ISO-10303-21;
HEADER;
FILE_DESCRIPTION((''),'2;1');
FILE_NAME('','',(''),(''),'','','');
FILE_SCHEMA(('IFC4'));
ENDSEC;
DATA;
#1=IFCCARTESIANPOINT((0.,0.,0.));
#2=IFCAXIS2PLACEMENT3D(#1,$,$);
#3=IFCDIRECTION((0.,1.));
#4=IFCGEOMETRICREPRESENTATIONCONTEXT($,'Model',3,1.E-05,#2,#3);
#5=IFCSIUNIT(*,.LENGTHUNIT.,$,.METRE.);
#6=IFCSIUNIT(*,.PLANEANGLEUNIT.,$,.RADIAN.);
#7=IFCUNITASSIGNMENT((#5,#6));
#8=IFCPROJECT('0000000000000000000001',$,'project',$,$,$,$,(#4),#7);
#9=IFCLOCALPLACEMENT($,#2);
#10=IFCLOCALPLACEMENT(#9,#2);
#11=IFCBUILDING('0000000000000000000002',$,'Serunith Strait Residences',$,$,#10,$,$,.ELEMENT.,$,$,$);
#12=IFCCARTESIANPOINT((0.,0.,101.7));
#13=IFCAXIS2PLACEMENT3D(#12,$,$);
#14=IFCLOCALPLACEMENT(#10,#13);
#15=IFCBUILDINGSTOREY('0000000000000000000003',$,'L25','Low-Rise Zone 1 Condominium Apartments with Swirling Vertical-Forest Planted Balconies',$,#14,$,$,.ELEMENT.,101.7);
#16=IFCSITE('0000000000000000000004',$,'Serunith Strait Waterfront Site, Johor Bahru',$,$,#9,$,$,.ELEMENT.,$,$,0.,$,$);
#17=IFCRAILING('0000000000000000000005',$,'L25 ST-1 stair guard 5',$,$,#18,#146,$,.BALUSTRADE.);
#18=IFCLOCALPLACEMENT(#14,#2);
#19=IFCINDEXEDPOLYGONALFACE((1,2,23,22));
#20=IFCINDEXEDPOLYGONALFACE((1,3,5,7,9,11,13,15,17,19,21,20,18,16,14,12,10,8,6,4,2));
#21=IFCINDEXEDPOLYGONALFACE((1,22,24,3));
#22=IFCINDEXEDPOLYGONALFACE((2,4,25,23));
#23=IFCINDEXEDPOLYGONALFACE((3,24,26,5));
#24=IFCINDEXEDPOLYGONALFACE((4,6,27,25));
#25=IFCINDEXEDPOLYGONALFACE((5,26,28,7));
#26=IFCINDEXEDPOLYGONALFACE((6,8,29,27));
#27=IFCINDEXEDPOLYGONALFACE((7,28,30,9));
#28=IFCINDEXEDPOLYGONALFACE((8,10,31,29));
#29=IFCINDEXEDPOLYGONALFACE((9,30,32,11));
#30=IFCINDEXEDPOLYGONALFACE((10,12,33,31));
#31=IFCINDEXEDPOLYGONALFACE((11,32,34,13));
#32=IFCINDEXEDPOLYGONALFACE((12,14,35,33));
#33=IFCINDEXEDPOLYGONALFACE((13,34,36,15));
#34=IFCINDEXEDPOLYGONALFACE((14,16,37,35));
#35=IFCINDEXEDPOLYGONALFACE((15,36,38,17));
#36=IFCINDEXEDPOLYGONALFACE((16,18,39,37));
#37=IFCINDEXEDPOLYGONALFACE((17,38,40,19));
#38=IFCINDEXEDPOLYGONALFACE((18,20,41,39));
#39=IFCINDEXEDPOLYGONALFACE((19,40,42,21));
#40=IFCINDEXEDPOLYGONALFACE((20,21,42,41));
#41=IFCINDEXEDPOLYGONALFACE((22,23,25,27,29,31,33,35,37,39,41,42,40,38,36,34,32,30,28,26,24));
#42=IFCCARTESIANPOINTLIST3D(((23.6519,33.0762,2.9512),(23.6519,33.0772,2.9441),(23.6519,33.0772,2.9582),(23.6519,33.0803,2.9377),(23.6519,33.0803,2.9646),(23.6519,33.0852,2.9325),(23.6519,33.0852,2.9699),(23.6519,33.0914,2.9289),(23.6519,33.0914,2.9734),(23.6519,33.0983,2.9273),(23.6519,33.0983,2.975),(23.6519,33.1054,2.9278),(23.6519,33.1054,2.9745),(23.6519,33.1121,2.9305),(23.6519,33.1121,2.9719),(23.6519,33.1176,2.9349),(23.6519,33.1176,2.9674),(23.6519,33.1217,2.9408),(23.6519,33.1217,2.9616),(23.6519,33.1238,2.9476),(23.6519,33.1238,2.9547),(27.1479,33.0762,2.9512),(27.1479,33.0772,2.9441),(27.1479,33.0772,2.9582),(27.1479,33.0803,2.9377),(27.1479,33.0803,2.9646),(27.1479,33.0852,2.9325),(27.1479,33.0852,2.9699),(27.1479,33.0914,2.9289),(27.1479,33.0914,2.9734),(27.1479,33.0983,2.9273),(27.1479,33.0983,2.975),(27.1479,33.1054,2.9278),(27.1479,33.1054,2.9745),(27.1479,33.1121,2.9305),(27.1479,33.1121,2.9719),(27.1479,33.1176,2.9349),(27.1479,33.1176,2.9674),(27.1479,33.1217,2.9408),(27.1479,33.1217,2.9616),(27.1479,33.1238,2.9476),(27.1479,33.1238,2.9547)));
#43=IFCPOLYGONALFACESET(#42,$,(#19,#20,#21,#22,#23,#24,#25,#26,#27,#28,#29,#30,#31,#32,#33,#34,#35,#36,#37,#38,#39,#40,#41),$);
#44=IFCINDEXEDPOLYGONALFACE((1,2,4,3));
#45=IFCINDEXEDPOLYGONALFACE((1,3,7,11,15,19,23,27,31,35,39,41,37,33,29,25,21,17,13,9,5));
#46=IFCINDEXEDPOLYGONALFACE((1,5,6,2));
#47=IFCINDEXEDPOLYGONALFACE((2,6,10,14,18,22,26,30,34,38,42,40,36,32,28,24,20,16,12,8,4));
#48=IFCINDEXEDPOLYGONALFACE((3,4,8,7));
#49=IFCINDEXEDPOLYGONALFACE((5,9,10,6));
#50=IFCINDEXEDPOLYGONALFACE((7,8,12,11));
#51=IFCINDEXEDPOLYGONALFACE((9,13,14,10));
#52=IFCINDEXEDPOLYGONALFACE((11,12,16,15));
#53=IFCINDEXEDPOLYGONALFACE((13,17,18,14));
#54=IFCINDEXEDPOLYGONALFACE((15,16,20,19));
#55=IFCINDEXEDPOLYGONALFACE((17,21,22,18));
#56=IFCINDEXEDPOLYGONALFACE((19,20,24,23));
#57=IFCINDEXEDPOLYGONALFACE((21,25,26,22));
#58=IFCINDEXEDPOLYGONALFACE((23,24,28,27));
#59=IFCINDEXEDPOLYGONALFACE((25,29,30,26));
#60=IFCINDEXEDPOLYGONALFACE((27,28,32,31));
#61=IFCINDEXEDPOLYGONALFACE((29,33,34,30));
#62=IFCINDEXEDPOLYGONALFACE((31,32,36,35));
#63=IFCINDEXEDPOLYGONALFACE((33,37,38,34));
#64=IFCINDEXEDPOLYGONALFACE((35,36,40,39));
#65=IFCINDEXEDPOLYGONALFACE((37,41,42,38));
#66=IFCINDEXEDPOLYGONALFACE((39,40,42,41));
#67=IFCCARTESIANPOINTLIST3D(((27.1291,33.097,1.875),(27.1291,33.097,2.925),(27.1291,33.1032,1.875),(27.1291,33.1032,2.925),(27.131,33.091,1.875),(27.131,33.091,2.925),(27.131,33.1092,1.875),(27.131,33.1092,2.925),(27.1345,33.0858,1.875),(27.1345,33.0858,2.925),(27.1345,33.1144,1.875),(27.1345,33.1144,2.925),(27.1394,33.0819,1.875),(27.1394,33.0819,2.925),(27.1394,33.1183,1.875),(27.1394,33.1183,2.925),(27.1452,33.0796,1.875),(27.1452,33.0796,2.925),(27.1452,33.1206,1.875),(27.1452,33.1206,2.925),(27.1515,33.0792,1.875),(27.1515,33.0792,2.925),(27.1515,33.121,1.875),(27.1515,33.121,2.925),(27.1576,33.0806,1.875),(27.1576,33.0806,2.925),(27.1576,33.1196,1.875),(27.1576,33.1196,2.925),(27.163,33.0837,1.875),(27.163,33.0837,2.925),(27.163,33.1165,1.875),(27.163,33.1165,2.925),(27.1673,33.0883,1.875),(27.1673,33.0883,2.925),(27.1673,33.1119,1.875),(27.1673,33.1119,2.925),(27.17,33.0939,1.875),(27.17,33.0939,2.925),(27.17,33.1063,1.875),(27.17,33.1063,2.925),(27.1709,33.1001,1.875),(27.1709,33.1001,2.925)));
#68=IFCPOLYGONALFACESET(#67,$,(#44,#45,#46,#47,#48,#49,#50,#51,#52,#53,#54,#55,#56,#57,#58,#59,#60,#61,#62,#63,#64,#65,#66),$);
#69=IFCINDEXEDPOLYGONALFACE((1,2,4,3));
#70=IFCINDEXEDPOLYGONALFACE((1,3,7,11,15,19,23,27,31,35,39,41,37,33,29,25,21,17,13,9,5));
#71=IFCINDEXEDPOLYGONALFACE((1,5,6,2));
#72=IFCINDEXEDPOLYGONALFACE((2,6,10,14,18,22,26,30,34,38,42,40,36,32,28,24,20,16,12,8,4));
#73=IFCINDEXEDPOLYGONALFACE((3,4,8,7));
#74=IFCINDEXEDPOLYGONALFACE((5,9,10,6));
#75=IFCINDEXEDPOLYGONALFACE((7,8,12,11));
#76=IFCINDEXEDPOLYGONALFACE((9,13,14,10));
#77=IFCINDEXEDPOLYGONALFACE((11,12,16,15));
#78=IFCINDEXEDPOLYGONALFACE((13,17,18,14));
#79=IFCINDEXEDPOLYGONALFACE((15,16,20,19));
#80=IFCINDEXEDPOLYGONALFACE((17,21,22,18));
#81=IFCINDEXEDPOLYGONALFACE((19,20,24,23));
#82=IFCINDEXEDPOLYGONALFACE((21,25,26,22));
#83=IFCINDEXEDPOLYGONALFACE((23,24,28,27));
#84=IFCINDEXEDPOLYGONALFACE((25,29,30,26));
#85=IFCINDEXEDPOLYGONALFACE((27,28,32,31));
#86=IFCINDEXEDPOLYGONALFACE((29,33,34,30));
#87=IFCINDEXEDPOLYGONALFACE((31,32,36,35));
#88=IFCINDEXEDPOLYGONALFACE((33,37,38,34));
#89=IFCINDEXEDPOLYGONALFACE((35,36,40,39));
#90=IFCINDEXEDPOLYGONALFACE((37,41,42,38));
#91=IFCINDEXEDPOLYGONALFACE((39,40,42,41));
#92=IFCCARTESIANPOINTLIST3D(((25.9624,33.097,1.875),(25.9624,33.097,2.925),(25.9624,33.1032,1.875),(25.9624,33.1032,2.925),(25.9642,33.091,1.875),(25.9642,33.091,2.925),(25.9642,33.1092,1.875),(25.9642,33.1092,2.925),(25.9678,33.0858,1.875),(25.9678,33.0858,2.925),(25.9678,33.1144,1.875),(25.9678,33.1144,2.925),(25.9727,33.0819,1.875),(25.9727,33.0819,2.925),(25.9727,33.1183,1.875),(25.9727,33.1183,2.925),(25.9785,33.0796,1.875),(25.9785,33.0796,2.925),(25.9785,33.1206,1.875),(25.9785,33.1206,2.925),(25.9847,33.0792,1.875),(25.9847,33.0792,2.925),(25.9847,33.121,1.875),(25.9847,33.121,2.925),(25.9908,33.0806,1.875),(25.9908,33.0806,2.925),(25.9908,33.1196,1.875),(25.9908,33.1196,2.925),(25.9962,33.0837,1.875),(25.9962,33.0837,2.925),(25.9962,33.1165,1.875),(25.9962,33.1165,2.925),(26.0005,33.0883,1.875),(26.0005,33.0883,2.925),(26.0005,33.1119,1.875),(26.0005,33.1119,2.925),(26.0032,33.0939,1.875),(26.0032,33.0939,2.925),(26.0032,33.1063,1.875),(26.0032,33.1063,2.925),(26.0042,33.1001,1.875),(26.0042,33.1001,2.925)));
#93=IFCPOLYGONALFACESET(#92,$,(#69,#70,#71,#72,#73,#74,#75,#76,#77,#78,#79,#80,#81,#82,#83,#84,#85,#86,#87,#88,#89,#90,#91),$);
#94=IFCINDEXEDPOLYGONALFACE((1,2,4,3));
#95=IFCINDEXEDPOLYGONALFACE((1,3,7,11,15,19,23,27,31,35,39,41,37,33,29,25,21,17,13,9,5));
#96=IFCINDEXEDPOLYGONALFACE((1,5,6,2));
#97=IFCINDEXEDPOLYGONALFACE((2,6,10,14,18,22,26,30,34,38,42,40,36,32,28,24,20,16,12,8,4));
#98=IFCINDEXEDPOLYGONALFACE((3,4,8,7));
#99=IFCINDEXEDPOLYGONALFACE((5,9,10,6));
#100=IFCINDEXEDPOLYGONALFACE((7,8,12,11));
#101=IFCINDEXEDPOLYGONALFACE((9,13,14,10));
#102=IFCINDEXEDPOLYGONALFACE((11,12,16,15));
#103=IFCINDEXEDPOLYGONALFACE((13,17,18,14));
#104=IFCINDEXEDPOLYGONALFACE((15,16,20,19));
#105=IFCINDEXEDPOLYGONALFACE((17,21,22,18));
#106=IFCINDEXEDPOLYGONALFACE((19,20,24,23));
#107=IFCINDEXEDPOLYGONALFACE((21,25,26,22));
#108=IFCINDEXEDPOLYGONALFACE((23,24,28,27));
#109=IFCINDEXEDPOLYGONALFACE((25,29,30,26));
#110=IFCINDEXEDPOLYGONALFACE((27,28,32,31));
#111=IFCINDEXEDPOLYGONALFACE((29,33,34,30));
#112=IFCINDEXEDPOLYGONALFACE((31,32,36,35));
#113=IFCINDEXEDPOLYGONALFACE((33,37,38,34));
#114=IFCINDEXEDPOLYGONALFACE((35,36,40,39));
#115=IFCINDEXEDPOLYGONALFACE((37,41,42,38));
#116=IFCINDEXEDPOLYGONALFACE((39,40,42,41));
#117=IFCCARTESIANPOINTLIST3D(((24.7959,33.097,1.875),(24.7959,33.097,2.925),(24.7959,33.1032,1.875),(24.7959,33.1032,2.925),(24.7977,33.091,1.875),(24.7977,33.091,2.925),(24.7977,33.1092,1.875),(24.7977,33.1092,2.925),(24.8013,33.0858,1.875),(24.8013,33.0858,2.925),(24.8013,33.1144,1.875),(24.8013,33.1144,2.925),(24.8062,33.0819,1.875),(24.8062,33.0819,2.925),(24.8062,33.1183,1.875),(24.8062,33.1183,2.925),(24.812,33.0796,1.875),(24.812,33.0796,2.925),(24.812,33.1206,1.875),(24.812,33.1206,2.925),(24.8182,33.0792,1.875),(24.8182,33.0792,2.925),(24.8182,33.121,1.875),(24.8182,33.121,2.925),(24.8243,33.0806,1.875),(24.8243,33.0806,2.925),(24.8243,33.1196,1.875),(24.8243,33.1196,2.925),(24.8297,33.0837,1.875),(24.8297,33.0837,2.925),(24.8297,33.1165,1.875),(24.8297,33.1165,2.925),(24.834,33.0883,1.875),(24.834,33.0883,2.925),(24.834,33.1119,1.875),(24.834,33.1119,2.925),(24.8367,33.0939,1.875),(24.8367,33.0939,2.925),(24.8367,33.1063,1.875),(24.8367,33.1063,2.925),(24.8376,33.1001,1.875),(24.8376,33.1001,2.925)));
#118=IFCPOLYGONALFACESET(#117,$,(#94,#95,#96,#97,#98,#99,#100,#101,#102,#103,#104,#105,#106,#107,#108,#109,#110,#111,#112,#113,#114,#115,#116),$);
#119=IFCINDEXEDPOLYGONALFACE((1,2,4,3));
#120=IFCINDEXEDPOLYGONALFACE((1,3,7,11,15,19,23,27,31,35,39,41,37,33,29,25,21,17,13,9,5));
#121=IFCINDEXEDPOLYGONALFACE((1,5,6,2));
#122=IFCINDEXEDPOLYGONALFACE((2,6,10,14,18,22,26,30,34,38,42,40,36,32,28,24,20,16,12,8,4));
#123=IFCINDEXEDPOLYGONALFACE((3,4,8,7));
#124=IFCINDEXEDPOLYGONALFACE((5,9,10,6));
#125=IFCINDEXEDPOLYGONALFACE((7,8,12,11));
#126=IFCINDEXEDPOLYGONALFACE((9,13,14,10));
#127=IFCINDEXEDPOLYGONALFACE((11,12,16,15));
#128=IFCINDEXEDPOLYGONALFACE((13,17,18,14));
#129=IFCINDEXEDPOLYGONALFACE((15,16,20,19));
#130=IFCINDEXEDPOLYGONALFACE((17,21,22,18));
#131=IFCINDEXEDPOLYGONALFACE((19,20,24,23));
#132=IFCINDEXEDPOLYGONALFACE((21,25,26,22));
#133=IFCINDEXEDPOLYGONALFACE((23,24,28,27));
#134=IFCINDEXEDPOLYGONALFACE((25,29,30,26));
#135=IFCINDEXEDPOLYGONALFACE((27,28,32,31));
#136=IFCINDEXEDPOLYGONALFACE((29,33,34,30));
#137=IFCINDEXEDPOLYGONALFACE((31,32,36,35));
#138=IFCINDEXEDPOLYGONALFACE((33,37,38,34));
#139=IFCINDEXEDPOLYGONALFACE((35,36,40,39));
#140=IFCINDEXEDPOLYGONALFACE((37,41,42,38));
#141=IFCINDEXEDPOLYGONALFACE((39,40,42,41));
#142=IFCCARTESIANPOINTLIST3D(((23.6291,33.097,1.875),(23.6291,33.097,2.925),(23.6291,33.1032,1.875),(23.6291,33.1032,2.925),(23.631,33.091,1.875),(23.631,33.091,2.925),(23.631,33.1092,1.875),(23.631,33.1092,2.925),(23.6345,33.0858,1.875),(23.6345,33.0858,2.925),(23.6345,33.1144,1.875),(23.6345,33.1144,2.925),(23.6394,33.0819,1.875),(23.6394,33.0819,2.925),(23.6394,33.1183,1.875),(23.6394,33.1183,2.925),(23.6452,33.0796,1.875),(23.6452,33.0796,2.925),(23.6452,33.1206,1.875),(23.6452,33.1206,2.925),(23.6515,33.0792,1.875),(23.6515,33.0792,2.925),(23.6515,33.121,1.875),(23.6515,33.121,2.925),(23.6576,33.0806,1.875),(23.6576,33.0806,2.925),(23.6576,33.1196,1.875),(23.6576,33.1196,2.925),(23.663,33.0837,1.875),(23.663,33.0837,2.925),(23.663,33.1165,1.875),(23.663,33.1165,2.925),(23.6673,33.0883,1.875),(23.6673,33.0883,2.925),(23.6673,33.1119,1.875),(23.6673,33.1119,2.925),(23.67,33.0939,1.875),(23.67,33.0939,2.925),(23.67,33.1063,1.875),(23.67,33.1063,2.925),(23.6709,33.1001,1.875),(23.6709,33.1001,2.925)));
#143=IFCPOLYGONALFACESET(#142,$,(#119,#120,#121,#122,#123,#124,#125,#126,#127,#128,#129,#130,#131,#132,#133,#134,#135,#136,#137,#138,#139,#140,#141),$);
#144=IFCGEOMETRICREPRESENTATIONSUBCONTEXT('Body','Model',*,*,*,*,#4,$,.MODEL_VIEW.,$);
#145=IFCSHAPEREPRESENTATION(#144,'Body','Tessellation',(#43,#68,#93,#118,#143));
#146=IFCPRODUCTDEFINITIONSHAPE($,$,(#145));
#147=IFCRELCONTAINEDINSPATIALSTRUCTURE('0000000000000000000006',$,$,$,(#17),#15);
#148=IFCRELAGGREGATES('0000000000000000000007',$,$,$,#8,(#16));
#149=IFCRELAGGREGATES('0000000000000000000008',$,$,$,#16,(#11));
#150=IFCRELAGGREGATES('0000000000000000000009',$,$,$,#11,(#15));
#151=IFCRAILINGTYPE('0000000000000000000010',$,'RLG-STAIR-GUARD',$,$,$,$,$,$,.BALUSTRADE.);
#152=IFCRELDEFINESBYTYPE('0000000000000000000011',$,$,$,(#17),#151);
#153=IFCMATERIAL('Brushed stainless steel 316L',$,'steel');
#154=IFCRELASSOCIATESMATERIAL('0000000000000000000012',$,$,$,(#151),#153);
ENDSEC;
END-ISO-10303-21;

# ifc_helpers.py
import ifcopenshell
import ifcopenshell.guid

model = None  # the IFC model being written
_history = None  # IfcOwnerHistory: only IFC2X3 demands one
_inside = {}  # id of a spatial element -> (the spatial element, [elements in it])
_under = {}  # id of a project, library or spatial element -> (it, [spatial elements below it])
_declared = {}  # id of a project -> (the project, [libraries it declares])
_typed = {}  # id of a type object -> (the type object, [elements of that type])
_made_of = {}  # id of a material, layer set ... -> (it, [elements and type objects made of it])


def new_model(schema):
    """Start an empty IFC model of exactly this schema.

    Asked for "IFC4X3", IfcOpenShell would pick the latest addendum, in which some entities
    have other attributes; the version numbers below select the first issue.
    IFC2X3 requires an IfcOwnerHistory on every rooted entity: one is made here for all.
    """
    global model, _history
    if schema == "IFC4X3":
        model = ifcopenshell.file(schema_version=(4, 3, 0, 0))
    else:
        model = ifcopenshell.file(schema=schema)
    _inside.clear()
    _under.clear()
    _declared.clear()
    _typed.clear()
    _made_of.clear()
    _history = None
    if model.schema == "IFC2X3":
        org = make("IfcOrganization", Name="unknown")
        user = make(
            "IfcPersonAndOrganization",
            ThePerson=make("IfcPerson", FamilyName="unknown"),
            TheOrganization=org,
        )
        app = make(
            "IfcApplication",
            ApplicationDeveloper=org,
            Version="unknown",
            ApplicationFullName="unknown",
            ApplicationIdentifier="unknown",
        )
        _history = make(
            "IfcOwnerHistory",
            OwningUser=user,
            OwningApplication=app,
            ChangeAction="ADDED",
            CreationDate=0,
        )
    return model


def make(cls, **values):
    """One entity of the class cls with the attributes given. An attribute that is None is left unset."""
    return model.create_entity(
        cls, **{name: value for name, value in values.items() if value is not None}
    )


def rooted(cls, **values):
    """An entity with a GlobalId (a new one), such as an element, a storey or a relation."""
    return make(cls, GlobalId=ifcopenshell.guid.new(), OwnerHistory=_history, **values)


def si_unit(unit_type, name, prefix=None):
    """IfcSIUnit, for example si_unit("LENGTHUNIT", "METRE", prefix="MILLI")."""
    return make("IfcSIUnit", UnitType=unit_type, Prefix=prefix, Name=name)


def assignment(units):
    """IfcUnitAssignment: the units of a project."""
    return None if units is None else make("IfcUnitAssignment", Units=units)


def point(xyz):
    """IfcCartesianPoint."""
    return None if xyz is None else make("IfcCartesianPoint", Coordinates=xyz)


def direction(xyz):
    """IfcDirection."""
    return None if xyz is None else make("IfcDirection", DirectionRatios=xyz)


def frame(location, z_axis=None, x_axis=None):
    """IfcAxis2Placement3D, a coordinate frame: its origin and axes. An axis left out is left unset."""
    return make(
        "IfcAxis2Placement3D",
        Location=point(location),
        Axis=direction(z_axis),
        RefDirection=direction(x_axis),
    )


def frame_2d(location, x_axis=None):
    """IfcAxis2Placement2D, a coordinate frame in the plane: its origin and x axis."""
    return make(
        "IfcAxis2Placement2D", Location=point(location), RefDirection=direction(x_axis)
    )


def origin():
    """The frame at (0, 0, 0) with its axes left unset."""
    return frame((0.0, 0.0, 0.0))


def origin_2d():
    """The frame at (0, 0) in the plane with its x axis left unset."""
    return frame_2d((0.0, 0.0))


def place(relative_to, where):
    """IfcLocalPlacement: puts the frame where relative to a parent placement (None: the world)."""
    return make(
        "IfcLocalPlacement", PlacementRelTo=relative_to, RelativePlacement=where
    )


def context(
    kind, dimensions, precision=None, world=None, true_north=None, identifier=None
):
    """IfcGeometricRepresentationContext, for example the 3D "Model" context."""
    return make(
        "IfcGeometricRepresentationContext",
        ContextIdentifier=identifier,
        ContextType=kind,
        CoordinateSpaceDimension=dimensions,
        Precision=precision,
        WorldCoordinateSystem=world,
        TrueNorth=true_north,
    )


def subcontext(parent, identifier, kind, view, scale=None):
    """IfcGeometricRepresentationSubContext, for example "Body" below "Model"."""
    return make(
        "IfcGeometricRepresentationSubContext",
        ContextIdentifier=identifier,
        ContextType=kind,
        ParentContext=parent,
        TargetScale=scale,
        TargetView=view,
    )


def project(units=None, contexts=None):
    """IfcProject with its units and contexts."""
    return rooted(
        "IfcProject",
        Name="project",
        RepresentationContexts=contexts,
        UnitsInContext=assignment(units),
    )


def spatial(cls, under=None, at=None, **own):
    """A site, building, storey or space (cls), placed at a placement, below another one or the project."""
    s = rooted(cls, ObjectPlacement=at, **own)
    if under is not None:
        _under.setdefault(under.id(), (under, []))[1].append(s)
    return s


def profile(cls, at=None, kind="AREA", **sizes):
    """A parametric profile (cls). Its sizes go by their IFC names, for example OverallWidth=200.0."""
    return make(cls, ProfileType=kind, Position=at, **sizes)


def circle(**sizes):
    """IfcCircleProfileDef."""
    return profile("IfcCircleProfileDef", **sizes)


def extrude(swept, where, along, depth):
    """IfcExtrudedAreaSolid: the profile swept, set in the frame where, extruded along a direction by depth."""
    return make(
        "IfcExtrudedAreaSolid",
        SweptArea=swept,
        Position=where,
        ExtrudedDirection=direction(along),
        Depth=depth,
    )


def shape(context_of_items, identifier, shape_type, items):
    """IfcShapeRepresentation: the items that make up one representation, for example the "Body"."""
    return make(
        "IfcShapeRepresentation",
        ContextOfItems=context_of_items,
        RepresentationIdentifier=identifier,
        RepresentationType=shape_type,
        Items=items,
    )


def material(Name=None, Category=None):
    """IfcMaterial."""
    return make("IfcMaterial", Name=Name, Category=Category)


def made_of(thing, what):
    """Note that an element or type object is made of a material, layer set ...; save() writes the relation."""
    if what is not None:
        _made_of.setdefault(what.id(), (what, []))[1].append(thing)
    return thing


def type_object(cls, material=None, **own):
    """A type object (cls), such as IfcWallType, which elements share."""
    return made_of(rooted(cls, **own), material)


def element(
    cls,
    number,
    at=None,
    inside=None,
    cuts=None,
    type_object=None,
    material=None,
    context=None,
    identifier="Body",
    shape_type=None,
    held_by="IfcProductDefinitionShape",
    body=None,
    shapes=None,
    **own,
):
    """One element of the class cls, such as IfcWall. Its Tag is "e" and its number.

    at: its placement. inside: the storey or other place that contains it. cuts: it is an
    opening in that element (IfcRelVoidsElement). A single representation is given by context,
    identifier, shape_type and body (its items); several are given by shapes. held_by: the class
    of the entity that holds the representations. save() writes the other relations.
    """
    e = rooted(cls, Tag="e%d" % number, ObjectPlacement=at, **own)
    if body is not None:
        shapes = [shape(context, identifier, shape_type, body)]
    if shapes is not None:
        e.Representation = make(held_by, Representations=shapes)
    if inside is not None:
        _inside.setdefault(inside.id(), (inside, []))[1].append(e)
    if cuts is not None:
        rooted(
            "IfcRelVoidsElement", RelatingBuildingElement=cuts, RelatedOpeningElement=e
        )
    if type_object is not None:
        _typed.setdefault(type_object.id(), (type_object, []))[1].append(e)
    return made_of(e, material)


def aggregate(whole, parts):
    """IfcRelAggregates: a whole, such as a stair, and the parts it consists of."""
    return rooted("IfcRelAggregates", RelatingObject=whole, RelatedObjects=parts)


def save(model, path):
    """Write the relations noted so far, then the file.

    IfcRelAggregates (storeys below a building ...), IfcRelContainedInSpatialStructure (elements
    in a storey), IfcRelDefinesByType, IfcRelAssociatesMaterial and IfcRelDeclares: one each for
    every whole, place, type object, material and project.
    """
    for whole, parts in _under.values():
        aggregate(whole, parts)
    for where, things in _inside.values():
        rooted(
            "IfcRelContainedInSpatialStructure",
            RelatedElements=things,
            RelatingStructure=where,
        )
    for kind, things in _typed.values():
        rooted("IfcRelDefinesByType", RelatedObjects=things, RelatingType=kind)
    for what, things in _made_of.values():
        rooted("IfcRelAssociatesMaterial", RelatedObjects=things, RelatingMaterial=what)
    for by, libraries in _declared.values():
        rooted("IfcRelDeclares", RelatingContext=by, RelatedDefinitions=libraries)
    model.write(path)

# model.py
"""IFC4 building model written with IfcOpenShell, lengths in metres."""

from ifc_helpers import new_model, si_unit, direction, frame, origin, origin_2d, place, context, subcontext, project, spatial, circle, extrude, material, type_object, element, save


model = new_model("IFC4")

# Units and contexts
model_context = context("Model", 3, precision=1e-05, world=origin(), true_north=direction((0.0, 1.0)))
body_context = subcontext(model_context, "Body", "Model", "MODEL_VIEW")
ifc_project = project(units=[si_unit("LENGTHUNIT", "METRE"), si_unit("PLANEANGLEUNIT", "RADIAN")], contexts=[model_context])

# Site, building, storey
site_placement = place(None, origin())
site = spatial("IfcSite", under=ifc_project, at=site_placement, Name="Serunith Strait Waterfront Site, Johor Bahru", CompositionType="ELEMENT", RefElevation=0.0)
building_placement = place(site_placement, origin())
building = spatial("IfcBuilding", under=site, at=building_placement, Name="Serunith Strait Residences", CompositionType="ELEMENT")
storey_placement = place(building_placement, frame((0.0, 0.0, 101.7)))
storey = spatial("IfcBuildingStorey", under=building, at=storey_placement, Name="L25", Description="Low-Rise Zone 1 Condominium Apartments with Swirling Vertical-Forest Planted Balconies", CompositionType="ELEMENT", Elevation=101.7)

# Railing
ifc_material_1 = material(Name="Brushed stainless steel 316L", Category="steel")
railing_type_1 = type_object("IfcRailingType", Name="RLG-STAIR-GUARD", PredefinedType="BALUSTRADE", material=ifc_material_1)
railing_1_placement = place(storey_placement, frame((27.1499, 33.1001, 1.875)))
element("IfcRailing", 1, at=railing_1_placement, inside=storey, type_object=railing_type_1, Name="L25 ST-1 stair guard 5", PredefinedType="BALUSTRADE", context=body_context, shape_type="SweptSolid", body=[
    extrude(circle(Radius=0.0239, at=origin_2d()), frame((-0.002, 0.0, 1.0762), z_axis=(-1.0, 0.0, 0.0), x_axis=(0.0, -1.0, 0.0)), (0.0, 0.0, 1.0), 3.4961),
    extrude(circle(Radius=0.021, at=origin_2d()), origin(), (0.0, 0.0, 1.0), 1.05),
    extrude(circle(Radius=0.021, at=origin_2d()), frame((-1.1667, 0.0, 0.0)), (0.0, 0.0, 1.0), 1.05),
    extrude(circle(Radius=0.021, at=origin_2d()), frame((-2.3333, 0.0, 0.0)), (0.0, 0.0, 1.0), 1.05),
    extrude(circle(Radius=0.021, at=origin_2d()), frame((-3.5, 0.0, 0.0)), (0.0, 0.0, 1.0), 1.05),
])

save(model, "model.ifc")
